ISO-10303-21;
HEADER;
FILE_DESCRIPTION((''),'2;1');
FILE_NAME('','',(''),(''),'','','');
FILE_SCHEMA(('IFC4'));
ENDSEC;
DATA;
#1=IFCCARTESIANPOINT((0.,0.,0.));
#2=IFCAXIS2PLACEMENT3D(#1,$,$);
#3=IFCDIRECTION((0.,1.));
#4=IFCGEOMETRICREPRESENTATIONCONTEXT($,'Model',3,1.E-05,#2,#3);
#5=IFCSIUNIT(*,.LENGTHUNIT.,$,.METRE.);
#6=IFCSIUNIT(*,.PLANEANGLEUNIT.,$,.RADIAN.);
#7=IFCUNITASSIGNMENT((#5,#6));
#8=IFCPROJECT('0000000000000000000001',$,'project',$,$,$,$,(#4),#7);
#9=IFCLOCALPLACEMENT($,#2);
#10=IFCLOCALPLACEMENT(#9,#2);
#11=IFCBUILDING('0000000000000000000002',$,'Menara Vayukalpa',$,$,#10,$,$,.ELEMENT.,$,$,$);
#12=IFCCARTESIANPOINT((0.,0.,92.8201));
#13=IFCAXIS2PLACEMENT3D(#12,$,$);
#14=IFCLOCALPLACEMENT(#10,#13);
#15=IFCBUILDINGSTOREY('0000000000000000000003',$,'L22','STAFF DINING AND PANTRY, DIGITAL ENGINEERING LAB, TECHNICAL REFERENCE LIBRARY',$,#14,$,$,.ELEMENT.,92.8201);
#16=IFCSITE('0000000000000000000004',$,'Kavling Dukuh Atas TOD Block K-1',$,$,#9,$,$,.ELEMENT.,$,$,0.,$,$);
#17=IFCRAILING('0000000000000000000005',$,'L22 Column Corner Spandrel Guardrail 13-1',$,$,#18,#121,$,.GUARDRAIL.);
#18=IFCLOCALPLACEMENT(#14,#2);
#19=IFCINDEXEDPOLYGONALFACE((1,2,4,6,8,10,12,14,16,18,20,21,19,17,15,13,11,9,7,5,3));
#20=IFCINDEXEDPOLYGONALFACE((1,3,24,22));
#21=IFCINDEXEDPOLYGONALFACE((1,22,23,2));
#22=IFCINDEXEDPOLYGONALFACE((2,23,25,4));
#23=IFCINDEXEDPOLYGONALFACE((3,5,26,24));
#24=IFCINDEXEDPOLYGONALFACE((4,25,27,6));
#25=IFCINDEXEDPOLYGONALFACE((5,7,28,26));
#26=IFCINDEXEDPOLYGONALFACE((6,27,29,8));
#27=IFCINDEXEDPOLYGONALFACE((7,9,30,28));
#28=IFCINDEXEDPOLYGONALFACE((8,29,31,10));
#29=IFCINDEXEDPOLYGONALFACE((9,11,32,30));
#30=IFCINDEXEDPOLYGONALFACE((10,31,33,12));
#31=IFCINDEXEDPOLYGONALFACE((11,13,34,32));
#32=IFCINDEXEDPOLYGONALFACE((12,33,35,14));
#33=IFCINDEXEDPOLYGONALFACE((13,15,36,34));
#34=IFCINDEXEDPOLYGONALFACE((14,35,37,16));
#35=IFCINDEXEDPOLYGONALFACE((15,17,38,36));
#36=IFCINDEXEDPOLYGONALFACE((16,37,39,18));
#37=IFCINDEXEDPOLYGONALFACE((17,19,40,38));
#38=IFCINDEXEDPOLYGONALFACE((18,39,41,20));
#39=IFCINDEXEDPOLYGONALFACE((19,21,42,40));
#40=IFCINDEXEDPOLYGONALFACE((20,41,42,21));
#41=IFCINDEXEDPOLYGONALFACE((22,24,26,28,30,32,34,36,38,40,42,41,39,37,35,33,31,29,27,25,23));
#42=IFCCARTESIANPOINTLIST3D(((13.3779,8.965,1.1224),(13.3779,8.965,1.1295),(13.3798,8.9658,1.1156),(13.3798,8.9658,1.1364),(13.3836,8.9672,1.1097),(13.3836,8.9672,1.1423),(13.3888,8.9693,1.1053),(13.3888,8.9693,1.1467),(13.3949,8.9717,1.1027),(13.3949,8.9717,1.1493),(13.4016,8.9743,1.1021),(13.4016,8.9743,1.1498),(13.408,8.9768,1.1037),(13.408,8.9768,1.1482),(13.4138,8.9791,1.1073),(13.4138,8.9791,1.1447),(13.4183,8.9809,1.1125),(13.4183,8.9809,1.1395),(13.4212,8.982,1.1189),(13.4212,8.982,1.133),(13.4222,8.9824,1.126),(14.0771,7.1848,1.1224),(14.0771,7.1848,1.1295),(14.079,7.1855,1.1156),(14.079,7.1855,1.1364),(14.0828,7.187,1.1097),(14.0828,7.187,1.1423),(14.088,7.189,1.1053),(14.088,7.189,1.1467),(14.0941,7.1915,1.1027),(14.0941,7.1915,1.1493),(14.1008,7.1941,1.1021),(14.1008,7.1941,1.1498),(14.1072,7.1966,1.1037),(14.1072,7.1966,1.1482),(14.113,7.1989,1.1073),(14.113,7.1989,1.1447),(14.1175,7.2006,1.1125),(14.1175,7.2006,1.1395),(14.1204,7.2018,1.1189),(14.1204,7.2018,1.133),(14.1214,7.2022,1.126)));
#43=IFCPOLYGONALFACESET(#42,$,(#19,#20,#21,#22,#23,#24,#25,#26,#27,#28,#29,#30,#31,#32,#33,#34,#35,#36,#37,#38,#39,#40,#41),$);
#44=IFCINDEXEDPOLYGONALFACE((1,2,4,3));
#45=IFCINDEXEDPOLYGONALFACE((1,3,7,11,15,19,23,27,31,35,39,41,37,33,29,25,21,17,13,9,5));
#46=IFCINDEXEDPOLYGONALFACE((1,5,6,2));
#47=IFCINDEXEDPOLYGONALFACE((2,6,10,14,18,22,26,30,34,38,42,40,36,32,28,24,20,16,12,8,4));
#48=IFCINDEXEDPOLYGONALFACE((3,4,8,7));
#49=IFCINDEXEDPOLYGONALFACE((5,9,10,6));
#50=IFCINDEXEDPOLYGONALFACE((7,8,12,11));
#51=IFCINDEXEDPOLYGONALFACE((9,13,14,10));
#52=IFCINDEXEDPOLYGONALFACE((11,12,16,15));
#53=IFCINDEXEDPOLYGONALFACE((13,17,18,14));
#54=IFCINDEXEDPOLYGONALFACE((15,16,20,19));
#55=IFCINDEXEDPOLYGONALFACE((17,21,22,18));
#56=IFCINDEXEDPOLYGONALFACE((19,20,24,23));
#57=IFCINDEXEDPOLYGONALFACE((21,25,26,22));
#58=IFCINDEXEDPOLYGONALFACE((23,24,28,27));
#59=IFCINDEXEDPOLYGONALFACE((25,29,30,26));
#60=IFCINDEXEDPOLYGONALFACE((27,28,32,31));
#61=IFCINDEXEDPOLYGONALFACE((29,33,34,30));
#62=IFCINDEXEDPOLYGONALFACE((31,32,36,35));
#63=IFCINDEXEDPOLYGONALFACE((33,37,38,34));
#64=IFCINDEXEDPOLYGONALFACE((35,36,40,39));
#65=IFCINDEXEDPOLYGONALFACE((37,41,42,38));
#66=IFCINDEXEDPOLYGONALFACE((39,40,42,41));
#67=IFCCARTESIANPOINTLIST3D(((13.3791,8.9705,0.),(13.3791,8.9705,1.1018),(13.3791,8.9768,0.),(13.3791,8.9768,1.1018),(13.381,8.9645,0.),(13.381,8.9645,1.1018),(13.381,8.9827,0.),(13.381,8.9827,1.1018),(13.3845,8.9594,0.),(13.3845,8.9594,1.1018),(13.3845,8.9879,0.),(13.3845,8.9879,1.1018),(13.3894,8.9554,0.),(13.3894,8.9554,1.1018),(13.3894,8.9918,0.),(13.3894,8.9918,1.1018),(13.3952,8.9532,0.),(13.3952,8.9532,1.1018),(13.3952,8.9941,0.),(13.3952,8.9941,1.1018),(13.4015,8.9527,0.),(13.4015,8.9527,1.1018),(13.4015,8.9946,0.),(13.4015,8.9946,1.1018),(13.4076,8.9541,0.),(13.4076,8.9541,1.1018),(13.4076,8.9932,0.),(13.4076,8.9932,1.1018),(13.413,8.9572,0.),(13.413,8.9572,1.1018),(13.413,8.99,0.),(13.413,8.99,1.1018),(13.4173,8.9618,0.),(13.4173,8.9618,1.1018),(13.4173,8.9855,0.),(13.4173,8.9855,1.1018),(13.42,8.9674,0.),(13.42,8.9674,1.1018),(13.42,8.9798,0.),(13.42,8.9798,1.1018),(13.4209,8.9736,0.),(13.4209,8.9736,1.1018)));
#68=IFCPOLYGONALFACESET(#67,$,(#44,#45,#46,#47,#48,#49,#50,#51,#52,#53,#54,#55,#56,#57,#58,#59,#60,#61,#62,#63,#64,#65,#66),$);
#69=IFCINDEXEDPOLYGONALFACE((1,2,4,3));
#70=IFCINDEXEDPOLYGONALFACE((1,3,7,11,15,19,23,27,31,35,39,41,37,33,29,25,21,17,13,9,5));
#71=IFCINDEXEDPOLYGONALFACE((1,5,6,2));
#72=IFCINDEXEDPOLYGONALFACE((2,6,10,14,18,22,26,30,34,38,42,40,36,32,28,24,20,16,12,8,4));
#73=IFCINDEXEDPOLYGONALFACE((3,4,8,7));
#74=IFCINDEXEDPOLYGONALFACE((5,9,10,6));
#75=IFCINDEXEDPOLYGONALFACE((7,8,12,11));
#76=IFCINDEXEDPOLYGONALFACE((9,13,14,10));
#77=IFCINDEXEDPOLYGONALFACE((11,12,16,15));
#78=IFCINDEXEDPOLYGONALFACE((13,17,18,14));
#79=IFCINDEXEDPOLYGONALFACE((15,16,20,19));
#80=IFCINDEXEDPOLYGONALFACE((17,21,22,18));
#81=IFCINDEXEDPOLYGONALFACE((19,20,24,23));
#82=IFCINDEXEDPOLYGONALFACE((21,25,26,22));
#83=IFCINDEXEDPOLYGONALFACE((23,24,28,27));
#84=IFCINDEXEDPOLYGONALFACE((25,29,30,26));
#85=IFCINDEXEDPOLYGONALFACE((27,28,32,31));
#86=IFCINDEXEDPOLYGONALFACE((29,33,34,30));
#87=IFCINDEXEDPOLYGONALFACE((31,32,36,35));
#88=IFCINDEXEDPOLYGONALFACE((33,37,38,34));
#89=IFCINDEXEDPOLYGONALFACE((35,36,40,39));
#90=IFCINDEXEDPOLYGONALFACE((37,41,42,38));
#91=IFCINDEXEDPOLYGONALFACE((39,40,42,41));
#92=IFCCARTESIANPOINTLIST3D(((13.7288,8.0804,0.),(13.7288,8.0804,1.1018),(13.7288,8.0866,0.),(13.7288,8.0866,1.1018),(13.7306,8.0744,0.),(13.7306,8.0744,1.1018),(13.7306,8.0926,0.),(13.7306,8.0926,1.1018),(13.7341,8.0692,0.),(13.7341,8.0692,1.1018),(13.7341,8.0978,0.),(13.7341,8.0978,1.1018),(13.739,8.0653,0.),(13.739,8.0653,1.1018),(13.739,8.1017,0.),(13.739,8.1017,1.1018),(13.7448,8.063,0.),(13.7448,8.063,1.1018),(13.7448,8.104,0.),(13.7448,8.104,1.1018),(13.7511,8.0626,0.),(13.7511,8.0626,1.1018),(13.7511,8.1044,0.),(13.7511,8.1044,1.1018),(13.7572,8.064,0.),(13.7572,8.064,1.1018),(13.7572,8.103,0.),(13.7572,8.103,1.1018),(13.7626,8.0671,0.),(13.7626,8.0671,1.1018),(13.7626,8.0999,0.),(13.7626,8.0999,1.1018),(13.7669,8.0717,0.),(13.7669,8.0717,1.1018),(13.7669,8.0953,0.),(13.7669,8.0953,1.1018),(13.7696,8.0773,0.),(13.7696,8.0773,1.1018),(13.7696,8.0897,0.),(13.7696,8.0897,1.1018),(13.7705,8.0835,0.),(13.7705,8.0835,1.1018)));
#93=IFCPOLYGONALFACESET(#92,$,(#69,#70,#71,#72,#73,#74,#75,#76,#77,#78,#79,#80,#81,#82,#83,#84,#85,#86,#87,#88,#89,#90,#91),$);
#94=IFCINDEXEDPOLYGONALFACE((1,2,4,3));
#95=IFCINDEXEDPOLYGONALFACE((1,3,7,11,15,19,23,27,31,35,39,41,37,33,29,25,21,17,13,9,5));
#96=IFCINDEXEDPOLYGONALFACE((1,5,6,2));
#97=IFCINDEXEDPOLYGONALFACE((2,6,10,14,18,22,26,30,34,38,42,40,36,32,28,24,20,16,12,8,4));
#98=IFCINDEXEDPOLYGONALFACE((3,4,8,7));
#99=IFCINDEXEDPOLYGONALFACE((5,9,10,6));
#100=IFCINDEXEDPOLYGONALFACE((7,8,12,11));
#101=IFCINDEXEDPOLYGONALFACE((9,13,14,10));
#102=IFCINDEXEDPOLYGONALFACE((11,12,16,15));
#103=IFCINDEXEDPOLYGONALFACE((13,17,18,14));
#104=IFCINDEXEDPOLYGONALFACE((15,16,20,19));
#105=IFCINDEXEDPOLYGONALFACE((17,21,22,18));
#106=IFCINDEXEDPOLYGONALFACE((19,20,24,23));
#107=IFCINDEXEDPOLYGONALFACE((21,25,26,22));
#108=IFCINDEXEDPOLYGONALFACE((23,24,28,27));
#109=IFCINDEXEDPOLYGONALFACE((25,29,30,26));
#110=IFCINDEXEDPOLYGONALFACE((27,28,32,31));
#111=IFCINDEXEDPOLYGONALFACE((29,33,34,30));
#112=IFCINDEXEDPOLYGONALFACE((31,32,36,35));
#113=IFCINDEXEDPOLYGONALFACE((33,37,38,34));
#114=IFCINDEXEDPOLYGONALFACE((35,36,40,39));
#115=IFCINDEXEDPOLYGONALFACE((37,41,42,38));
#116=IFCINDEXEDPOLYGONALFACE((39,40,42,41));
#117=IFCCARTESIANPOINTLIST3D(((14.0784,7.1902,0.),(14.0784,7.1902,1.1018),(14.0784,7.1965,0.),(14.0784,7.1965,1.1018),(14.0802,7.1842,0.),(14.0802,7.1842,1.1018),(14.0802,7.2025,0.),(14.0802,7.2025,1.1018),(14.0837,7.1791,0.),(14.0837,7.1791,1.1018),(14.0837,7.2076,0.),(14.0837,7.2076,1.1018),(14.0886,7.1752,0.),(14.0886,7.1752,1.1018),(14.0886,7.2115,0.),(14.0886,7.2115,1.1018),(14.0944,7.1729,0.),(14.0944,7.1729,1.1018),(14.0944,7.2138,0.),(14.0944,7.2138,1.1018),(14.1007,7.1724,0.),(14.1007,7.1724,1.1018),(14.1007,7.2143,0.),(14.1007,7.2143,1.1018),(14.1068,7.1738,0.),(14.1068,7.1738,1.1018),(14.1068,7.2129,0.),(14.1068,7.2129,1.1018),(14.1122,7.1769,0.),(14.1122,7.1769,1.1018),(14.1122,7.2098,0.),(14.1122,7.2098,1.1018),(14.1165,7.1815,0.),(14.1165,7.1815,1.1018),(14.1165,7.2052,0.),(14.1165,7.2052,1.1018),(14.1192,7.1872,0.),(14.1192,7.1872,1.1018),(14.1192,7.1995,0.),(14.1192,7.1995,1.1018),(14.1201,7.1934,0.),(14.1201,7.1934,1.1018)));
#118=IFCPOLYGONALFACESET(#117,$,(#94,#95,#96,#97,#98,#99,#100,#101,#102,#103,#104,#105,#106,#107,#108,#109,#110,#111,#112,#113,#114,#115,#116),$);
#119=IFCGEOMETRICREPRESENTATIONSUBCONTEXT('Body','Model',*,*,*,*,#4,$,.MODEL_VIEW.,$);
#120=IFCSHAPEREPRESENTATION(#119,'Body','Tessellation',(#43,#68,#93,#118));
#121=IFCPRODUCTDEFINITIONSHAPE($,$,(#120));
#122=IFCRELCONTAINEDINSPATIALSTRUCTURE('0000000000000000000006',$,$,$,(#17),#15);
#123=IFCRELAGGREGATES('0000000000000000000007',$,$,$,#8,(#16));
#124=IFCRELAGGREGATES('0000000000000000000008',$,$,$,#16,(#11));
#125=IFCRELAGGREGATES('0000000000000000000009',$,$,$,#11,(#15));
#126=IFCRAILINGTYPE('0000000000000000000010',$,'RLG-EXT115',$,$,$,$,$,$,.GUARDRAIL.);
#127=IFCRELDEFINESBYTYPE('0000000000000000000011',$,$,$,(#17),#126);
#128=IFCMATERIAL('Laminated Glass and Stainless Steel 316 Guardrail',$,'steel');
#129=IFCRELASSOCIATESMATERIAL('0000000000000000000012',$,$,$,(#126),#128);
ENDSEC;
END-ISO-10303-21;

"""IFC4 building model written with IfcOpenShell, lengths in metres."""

from ifc_helpers import new_model, si_unit, direction, frame, origin, origin_2d, place, context, subcontext, project, spatial, circle, extrude, material, type_object, element, save


model = new_model("IFC4")

# Units and contexts
model_context = context("Model", 3, precision=1e-05, world=origin(), true_north=direction((0.0, 1.0)))
body_context = subcontext(model_context, "Body", "Model", "MODEL_VIEW")
ifc_project = project(units=[si_unit("LENGTHUNIT", "METRE"), si_unit("PLANEANGLEUNIT", "RADIAN")], contexts=[model_context])

# Site, building, storey
site_placement = place(None, origin())
site = spatial("IfcSite", under=ifc_project, at=site_placement, Name="Kavling Dukuh Atas TOD Block K-1", CompositionType="ELEMENT", RefElevation=0.0)
building_placement = place(site_placement, origin())
building = spatial("IfcBuilding", under=site, at=building_placement, Name="Menara Vayukalpa", CompositionType="ELEMENT")
storey_placement = place(building_placement, frame((0.0, 0.0, 92.8201)))
storey = spatial("IfcBuildingStorey", under=building, at=storey_placement, Name="L22", Description="STAFF DINING AND PANTRY, DIGITAL ENGINEERING LAB, TECHNICAL REFERENCE LIBRARY", CompositionType="ELEMENT", Elevation=92.8201)

# Railing
ifc_material_1 = material(Name="Laminated Glass and Stainless Steel 316 Guardrail", Category="steel")
railing_type = type_object("IfcRailingType", Name="RLG-EXT115", PredefinedType="GUARDRAIL", material=ifc_material_1)
railing_1_placement = place(storey_placement, frame((13.3999, 8.9736, 0.0)))
element("IfcRailing", 1, at=railing_1_placement, inside=storey, type_object=railing_type, Name="L22 Column Corner Spandrel Guardrail 13-1", PredefinedType="GUARDRAIL", context=body_context, shape_type="SweptSolid", body=[
    extrude(circle(Radius=0.0239, at=origin_2d()), frame((0.0, 0.0, 1.126), z_axis=(0.365573, -0.930783, 0.0), x_axis=(0.930783, 0.365573, 0.0)), (0.0, 0.0, 1.0), 1.9126),
    extrude(circle(Radius=0.021, at=origin_2d()), origin(), (0.0, 0.0, 1.0), 1.1018),
    extrude(circle(Radius=0.021, at=origin_2d()), frame((0.3496, -0.8901, 0.0)), (0.0, 0.0, 1.0), 1.1018),
    extrude(circle(Radius=0.021, at=origin_2d()), frame((0.6992, -1.7803, 0.0)), (0.0, 0.0, 1.0), 1.1018),
])

save(model, "model.ifc")
